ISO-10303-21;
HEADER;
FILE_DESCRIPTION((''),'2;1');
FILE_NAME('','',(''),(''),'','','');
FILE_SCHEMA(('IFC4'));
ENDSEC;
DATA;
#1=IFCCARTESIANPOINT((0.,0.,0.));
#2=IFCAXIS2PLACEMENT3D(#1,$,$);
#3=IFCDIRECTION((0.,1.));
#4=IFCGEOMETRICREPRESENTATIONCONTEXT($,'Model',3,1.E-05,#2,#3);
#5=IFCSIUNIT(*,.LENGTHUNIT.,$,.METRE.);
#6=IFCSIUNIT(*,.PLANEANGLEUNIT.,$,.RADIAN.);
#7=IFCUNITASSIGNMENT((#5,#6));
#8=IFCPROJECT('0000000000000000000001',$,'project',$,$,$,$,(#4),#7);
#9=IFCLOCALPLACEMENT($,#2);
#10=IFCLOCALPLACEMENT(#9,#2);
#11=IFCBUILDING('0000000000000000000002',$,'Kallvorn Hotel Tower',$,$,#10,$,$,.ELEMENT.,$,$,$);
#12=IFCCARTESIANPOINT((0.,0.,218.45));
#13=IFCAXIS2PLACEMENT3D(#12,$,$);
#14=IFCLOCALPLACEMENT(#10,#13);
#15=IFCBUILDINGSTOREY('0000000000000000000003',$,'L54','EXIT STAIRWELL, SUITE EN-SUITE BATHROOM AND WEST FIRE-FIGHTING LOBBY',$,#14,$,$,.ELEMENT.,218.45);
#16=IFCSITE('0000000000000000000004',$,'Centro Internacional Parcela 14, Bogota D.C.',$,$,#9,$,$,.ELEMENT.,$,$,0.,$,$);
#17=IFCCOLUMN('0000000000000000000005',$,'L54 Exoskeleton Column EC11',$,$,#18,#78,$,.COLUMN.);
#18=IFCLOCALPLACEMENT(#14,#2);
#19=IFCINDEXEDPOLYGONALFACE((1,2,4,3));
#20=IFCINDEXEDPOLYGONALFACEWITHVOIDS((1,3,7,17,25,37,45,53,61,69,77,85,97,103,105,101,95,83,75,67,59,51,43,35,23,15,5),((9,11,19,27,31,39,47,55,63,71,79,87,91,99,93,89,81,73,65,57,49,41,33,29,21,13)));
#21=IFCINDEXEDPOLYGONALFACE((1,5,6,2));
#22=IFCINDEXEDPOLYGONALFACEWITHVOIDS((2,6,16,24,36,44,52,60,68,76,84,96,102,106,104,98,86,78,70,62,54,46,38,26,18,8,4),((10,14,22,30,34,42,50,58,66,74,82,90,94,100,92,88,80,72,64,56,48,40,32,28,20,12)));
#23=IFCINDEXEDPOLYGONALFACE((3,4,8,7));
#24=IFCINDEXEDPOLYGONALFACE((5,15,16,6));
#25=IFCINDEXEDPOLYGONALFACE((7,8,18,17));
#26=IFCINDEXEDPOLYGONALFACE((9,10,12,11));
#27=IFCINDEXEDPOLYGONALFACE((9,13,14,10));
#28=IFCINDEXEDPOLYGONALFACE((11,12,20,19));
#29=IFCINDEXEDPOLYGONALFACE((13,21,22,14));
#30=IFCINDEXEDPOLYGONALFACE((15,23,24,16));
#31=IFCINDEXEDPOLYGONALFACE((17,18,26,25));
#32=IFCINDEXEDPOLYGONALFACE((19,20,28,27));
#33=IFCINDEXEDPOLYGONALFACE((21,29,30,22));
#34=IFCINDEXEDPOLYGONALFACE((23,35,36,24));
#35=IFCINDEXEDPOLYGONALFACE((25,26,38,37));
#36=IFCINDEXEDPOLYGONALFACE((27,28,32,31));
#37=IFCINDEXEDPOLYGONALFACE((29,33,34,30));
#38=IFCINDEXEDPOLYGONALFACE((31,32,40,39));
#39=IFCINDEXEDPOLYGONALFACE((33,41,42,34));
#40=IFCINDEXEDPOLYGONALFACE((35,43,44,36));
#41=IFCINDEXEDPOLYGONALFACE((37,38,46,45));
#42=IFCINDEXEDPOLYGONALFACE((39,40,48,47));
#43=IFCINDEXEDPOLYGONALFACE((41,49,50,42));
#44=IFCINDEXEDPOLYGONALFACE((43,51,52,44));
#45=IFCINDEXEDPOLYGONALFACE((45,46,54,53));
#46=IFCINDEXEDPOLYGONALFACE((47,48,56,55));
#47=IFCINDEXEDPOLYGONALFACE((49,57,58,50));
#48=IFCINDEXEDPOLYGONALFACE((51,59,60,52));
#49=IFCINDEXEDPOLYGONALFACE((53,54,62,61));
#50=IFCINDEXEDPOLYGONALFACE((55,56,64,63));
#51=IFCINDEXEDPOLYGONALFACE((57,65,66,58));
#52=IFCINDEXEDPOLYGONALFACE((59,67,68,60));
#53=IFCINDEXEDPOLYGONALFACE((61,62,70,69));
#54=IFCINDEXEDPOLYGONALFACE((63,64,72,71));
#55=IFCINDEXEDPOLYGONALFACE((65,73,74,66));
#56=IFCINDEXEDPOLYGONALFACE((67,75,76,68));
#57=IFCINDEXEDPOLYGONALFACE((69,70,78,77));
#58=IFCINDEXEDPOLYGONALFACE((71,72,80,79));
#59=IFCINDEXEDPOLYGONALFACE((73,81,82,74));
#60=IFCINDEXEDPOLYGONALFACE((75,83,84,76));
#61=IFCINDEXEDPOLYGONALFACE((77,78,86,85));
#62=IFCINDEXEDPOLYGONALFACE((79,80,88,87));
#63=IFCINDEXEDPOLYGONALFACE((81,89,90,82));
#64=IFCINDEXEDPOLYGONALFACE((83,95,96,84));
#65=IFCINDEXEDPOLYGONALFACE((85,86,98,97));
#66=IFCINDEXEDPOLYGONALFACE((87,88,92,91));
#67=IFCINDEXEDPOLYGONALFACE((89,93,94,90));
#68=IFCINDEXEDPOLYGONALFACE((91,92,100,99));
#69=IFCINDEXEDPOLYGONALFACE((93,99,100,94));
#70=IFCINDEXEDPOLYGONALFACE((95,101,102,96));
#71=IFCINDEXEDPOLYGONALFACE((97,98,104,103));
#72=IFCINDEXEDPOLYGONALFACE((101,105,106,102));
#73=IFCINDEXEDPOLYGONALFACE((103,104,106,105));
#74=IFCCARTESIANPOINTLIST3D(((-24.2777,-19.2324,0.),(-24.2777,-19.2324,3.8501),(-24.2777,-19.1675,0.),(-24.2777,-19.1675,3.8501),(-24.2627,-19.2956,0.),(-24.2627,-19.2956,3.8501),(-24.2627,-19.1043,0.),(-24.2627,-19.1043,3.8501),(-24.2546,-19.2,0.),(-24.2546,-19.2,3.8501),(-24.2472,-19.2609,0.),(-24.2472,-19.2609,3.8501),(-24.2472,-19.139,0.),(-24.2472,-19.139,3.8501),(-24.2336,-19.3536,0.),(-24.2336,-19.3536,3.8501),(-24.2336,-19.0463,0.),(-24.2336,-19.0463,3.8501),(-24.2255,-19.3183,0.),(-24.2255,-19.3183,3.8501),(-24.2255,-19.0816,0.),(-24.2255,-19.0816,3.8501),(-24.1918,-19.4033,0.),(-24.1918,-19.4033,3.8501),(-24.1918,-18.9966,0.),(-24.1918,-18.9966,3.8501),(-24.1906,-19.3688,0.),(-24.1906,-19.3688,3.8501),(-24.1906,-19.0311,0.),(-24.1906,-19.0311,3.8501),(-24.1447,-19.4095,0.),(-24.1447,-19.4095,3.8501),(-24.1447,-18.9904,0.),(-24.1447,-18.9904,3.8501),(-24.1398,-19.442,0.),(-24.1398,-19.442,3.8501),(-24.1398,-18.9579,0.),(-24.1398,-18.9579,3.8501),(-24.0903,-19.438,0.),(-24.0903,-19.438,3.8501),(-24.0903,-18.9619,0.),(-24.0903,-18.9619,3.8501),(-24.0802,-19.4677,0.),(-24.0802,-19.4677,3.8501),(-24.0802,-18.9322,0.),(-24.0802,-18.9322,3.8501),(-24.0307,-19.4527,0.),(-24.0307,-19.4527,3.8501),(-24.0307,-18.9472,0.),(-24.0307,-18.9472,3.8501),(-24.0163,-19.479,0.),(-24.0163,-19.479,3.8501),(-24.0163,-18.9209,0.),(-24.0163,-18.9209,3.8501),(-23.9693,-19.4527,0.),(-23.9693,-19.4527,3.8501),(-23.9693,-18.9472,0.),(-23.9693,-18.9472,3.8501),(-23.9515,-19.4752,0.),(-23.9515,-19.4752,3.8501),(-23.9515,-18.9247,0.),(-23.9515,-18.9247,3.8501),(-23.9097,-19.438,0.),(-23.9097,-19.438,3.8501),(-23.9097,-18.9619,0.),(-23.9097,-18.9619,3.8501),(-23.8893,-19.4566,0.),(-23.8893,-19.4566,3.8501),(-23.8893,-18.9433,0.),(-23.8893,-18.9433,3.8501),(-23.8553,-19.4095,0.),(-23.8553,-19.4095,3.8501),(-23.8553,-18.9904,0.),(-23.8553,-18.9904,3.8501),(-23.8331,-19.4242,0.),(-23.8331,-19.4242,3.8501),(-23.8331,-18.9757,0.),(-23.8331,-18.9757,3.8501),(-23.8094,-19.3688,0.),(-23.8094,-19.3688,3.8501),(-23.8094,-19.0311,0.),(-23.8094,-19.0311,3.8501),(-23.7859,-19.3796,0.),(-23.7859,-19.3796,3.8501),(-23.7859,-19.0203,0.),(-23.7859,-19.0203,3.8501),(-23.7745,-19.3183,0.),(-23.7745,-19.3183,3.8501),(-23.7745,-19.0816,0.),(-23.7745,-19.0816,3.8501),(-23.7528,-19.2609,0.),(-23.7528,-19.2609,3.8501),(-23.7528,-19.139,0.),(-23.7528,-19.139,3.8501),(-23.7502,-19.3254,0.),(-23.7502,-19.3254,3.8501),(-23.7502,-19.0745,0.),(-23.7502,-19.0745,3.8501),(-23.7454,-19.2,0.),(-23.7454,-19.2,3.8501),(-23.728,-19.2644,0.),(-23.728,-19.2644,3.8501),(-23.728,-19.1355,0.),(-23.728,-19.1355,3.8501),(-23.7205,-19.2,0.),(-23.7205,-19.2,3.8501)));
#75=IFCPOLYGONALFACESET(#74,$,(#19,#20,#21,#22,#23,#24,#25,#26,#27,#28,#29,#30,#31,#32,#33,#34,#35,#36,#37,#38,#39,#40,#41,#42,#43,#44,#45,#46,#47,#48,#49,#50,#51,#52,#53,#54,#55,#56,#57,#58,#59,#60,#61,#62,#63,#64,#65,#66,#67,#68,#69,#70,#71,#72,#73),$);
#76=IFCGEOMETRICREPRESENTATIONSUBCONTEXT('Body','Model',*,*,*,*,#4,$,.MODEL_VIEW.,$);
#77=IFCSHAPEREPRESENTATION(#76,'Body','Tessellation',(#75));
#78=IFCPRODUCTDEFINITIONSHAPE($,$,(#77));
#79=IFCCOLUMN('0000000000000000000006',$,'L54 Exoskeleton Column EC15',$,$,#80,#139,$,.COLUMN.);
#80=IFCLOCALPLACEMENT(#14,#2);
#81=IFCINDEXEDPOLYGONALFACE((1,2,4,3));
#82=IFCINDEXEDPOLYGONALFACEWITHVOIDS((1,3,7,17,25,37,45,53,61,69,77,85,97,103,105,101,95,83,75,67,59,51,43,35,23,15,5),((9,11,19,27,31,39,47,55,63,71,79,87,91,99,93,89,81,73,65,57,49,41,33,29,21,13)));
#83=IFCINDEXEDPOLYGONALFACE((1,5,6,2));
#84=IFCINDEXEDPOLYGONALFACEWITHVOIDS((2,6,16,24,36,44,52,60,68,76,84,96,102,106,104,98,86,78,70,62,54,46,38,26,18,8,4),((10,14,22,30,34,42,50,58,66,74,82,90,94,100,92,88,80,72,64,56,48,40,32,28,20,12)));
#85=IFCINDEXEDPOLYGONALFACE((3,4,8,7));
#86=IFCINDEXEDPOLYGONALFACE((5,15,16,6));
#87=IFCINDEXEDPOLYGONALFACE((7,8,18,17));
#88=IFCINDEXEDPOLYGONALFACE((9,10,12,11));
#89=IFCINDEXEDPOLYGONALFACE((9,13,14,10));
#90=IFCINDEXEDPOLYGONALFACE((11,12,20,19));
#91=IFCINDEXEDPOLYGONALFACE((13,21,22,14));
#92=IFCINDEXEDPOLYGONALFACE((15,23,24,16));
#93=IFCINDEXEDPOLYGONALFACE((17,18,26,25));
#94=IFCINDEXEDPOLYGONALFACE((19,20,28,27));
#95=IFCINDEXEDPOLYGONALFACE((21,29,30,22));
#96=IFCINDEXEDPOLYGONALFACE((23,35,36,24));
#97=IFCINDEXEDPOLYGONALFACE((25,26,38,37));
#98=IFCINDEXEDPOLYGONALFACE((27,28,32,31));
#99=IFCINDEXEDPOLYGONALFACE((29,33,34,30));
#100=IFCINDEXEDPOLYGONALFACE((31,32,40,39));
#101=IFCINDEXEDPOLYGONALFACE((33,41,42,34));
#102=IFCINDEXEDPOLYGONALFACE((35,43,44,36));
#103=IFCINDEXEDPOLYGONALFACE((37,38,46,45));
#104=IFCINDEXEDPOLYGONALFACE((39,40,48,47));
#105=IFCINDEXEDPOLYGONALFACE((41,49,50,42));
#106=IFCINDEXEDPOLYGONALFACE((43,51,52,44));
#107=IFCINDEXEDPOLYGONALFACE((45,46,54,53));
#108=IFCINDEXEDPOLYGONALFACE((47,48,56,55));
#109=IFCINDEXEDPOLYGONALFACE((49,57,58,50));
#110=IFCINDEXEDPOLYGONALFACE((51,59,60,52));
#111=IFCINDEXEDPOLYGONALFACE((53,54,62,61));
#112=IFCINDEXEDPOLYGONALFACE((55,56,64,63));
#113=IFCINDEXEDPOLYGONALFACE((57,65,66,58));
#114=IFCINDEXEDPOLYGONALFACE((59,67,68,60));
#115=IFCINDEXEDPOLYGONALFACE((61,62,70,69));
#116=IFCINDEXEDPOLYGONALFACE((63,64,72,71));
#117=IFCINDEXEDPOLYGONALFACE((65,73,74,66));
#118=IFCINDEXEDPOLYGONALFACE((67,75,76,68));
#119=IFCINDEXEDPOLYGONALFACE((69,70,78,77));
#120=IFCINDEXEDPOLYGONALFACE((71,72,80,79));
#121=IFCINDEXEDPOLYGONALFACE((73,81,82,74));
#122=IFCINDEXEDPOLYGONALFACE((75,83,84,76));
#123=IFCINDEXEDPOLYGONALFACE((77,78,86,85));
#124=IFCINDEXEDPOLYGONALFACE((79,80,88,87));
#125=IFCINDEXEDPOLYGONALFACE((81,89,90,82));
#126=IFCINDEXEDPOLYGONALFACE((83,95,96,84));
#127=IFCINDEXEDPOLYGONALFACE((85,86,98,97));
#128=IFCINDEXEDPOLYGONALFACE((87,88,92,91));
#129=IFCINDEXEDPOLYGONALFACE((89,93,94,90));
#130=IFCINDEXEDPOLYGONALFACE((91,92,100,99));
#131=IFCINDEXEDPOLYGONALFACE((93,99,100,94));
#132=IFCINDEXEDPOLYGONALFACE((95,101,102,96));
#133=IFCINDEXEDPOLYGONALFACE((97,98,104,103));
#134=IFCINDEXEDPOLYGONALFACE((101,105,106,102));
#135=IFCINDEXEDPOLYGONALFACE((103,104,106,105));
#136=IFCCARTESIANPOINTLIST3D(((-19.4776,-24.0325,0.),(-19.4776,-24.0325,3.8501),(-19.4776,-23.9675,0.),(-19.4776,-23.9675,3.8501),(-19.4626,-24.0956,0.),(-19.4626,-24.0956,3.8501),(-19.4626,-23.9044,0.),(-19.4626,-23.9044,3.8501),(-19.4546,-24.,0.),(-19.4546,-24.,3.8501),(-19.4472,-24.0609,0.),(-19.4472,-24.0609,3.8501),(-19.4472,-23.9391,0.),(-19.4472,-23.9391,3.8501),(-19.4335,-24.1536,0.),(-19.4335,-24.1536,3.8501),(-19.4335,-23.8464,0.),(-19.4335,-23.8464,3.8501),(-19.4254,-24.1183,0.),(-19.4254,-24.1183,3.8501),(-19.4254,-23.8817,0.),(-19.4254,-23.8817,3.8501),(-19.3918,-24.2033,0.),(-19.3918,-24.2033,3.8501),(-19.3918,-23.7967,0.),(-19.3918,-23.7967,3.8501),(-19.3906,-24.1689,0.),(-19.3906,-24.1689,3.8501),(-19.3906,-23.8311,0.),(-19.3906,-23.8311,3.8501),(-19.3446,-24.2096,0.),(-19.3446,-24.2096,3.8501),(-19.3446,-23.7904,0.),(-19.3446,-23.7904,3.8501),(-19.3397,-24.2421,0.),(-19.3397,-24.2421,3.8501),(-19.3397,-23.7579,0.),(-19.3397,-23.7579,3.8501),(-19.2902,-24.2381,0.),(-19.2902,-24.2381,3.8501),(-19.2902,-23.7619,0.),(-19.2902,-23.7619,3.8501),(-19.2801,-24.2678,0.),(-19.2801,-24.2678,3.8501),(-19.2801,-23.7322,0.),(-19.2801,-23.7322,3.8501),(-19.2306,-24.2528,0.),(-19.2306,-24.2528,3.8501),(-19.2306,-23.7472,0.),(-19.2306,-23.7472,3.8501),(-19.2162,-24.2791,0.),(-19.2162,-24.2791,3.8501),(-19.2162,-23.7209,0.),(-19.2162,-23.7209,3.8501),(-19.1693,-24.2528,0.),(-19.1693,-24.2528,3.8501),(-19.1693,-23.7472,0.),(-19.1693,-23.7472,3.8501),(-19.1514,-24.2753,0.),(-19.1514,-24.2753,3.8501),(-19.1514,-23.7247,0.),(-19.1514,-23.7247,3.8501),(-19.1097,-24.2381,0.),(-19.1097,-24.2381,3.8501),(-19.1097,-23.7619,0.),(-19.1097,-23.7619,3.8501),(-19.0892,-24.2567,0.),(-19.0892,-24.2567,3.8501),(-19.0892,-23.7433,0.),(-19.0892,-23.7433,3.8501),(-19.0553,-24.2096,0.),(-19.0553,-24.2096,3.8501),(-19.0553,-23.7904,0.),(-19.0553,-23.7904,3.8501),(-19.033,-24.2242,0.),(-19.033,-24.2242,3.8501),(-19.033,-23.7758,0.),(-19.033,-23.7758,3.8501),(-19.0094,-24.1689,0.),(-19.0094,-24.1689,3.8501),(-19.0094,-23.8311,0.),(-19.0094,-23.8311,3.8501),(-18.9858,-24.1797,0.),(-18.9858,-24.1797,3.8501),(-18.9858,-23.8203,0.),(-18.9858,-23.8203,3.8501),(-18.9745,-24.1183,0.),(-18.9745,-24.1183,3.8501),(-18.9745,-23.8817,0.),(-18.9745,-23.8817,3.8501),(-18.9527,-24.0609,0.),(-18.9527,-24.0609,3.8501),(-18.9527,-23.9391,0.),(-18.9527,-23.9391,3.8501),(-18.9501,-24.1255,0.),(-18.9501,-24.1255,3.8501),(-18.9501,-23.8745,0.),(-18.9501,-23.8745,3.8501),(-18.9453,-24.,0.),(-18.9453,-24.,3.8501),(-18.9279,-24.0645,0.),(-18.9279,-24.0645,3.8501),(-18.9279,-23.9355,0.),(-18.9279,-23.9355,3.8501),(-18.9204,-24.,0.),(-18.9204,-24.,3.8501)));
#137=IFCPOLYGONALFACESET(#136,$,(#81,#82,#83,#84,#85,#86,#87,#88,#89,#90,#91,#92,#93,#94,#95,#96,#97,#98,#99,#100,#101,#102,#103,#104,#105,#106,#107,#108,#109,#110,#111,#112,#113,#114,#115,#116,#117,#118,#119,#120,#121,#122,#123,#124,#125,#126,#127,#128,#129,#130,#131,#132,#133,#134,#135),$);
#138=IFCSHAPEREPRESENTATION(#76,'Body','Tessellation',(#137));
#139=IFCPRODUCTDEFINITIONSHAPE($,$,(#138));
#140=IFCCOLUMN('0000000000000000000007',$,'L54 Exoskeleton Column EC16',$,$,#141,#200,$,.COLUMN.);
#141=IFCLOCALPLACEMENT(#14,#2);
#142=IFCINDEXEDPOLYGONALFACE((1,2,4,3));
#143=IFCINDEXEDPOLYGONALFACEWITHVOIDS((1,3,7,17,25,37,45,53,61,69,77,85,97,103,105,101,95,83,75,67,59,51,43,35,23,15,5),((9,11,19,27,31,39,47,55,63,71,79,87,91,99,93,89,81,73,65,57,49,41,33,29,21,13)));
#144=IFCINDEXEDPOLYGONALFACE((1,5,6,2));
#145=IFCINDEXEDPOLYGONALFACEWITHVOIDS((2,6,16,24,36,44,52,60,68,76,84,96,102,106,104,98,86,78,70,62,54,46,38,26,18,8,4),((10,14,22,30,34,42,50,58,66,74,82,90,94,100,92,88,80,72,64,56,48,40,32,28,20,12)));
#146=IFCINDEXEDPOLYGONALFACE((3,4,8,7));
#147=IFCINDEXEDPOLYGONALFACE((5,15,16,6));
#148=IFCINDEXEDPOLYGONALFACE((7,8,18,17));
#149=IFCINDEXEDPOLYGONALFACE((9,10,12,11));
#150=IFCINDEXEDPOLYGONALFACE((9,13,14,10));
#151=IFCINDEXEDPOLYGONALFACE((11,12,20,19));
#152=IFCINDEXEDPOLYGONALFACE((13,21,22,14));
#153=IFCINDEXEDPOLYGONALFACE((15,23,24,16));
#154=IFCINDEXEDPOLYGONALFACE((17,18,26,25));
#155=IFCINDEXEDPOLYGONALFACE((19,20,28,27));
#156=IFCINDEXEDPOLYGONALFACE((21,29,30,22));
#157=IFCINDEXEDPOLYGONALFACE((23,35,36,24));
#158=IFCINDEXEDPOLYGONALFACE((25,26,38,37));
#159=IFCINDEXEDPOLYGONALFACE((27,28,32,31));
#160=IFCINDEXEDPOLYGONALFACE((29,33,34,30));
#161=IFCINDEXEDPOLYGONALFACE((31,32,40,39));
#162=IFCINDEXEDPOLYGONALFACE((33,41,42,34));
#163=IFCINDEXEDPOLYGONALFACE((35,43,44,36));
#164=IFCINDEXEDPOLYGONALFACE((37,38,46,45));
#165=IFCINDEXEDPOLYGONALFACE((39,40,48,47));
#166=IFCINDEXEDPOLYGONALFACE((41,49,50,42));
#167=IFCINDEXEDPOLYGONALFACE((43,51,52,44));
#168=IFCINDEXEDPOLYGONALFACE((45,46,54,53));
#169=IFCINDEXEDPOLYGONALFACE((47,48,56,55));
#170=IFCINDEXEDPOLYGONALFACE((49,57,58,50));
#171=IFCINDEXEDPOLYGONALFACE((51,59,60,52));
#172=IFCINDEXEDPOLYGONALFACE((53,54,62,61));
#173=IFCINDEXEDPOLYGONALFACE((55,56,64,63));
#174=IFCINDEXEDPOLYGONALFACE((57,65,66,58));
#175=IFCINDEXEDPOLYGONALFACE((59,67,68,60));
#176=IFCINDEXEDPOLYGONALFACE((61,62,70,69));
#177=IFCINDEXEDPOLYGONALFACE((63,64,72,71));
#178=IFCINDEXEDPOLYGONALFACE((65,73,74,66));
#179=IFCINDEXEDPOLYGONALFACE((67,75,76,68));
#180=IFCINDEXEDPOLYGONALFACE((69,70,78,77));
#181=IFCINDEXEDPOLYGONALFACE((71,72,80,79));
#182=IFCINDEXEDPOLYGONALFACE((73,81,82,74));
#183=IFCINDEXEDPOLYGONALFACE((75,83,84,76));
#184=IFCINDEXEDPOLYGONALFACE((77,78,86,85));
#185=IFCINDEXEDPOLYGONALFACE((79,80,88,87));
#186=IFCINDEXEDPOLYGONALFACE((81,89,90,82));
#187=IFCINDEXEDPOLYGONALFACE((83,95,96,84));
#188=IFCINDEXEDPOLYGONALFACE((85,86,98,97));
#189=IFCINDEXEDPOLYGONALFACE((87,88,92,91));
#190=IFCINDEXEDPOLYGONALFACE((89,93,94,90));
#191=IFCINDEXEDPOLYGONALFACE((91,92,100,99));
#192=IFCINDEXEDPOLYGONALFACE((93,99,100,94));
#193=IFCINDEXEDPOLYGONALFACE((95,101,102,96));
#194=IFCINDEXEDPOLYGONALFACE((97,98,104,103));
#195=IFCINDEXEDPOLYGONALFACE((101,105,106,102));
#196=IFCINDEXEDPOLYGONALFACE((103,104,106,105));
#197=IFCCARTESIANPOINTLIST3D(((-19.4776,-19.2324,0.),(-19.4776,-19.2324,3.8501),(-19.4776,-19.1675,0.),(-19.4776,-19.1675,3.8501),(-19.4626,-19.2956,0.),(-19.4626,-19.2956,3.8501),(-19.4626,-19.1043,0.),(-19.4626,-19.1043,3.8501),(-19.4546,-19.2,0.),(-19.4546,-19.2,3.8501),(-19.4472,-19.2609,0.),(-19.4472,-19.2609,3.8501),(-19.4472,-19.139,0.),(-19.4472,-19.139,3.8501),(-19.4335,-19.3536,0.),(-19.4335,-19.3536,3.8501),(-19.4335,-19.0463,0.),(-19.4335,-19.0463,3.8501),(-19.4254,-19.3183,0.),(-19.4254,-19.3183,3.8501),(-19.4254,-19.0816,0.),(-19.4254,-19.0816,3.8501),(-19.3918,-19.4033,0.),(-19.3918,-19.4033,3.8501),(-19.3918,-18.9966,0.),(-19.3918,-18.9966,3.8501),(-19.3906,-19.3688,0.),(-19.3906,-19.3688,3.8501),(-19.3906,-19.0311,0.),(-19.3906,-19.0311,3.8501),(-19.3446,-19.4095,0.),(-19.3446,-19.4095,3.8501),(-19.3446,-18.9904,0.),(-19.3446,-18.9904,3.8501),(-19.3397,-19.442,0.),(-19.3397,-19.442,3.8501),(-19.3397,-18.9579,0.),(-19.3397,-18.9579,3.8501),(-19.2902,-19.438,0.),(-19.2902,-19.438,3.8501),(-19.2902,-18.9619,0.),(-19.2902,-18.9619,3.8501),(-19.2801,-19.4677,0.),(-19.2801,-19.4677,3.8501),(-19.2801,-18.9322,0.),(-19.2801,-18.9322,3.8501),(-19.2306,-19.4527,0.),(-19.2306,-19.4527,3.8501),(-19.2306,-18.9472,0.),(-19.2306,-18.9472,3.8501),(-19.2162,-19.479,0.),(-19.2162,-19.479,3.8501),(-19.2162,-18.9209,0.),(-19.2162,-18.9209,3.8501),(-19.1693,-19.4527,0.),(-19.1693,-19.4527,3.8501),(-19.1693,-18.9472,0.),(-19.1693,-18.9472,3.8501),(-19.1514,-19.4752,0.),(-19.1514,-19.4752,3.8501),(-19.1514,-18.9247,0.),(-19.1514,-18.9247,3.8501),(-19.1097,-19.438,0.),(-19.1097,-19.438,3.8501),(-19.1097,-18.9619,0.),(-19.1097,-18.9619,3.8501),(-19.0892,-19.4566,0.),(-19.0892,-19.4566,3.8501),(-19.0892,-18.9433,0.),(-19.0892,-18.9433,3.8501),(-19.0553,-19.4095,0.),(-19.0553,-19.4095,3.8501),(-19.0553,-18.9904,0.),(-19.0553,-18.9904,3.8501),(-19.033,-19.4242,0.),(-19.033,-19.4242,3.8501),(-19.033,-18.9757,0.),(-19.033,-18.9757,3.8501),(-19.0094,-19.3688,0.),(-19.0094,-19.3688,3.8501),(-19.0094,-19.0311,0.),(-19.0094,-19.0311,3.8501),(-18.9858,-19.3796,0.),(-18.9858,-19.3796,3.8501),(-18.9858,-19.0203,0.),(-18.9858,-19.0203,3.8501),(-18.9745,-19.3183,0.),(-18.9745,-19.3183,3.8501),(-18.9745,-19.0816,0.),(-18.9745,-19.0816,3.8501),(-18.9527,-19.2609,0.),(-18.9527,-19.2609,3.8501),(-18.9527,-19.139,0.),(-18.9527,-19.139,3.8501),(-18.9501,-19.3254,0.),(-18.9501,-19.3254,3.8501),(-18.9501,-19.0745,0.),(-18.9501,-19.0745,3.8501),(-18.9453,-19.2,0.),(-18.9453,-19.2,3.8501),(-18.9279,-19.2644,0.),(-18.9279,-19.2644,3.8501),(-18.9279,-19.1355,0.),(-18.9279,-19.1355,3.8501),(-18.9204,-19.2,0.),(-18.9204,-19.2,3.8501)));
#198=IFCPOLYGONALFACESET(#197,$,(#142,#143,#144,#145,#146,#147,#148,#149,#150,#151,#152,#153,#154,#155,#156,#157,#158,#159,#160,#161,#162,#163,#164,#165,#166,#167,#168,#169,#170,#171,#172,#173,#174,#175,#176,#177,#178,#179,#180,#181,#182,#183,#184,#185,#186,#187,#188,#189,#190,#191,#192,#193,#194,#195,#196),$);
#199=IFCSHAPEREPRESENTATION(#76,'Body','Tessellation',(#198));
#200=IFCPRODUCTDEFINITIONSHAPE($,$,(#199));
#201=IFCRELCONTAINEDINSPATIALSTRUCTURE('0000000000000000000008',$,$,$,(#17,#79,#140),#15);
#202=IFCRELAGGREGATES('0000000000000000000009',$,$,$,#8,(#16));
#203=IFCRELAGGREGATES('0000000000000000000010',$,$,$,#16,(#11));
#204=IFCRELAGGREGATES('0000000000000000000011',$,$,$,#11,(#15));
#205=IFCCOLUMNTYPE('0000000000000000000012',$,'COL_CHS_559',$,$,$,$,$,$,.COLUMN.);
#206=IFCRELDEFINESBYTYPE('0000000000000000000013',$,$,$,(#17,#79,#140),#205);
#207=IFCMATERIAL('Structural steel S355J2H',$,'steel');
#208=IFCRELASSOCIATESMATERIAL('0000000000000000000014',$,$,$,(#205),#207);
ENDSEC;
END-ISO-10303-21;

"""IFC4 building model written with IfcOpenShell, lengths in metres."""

from ifc_helpers import new_model, si_unit, direction, frame, origin, origin_2d, place, context, subcontext, project, spatial, hollow_circle, extrude, material, material_profile, profile_set, type_object, element, save


model = new_model("IFC4")

# Units and contexts
model_context = context("Model", 3, precision=1e-05, world=origin(), true_north=direction((0.0, 1.0)))
body_context = subcontext(model_context, "Body", "Model", "MODEL_VIEW")
ifc_project = project(units=[si_unit("LENGTHUNIT", "METRE"), si_unit("PLANEANGLEUNIT", "RADIAN")], contexts=[model_context])

# Site, building, storey
site_placement = place(None, origin())
site = spatial("IfcSite", under=ifc_project, at=site_placement, Name="Centro Internacional Parcela 14, Bogota D.C.", CompositionType="ELEMENT", RefElevation=0.0)
building_placement = place(site_placement, origin())
building = spatial("IfcBuilding", under=site, at=building_placement, Name="Kallvorn Hotel Tower", CompositionType="ELEMENT")
storey_placement = place(building_placement, frame((0.0, 0.0, 218.45)))
storey = spatial("IfcBuildingStorey", under=building, at=storey_placement, Name="L54", Description="EXIT STAIRWELL, SUITE EN-SUITE BATHROOM AND WEST FIRE-FIGHTING LOBBY", CompositionType="ELEMENT", Elevation=218.45)

# Columns
ifc_material_1 = material(Name="Structural steel S355J2H", Category="steel")
ifc_material_profile_1 = material_profile(ifc_material_1, hollow_circle(Radius=0.2795, WallThickness=0.0249, at=origin_2d()), Name="CHS 559x25")
ifc_profile_set_1 = profile_set([ifc_material_profile_1], Name="Structural steel S355J2H")
column_type = type_object("IfcColumnType", Name="COL_CHS_559", PredefinedType="COLUMN", material=ifc_profile_set_1)
for number, where, z_axis, x_axis, name in (
    (1, (-24.0, -19.2, 0.0), (0.0, 0.0, 1.0), (1.0, 0.0, 0.0), "L54 Exoskeleton Column EC11"),
    (2, (-19.2, -24.0, 0.0), (0.0, 0.0, 1.0), (1.0, 0.0, 0.0), "L54 Exoskeleton Column EC15"),
    (3, (-19.2, -19.2, 0.0), (0.0, 0.0, 1.0), (1.0, 0.0, 0.0), "L54 Exoskeleton Column EC16"),
):
    element("IfcColumn", number, at=place(storey_placement, frame(where, z_axis=z_axis, x_axis=x_axis)), inside=storey, type_object=column_type, Name=name, PredefinedType="COLUMN", context=body_context, shape_type="SweptSolid", body=[
        extrude(hollow_circle(Radius=0.2795, WallThickness=0.0249, at=origin_2d()), origin(), (0.0, 0.0, 1.0), 3.8501),
    ])

save(model, "model.ifc")
